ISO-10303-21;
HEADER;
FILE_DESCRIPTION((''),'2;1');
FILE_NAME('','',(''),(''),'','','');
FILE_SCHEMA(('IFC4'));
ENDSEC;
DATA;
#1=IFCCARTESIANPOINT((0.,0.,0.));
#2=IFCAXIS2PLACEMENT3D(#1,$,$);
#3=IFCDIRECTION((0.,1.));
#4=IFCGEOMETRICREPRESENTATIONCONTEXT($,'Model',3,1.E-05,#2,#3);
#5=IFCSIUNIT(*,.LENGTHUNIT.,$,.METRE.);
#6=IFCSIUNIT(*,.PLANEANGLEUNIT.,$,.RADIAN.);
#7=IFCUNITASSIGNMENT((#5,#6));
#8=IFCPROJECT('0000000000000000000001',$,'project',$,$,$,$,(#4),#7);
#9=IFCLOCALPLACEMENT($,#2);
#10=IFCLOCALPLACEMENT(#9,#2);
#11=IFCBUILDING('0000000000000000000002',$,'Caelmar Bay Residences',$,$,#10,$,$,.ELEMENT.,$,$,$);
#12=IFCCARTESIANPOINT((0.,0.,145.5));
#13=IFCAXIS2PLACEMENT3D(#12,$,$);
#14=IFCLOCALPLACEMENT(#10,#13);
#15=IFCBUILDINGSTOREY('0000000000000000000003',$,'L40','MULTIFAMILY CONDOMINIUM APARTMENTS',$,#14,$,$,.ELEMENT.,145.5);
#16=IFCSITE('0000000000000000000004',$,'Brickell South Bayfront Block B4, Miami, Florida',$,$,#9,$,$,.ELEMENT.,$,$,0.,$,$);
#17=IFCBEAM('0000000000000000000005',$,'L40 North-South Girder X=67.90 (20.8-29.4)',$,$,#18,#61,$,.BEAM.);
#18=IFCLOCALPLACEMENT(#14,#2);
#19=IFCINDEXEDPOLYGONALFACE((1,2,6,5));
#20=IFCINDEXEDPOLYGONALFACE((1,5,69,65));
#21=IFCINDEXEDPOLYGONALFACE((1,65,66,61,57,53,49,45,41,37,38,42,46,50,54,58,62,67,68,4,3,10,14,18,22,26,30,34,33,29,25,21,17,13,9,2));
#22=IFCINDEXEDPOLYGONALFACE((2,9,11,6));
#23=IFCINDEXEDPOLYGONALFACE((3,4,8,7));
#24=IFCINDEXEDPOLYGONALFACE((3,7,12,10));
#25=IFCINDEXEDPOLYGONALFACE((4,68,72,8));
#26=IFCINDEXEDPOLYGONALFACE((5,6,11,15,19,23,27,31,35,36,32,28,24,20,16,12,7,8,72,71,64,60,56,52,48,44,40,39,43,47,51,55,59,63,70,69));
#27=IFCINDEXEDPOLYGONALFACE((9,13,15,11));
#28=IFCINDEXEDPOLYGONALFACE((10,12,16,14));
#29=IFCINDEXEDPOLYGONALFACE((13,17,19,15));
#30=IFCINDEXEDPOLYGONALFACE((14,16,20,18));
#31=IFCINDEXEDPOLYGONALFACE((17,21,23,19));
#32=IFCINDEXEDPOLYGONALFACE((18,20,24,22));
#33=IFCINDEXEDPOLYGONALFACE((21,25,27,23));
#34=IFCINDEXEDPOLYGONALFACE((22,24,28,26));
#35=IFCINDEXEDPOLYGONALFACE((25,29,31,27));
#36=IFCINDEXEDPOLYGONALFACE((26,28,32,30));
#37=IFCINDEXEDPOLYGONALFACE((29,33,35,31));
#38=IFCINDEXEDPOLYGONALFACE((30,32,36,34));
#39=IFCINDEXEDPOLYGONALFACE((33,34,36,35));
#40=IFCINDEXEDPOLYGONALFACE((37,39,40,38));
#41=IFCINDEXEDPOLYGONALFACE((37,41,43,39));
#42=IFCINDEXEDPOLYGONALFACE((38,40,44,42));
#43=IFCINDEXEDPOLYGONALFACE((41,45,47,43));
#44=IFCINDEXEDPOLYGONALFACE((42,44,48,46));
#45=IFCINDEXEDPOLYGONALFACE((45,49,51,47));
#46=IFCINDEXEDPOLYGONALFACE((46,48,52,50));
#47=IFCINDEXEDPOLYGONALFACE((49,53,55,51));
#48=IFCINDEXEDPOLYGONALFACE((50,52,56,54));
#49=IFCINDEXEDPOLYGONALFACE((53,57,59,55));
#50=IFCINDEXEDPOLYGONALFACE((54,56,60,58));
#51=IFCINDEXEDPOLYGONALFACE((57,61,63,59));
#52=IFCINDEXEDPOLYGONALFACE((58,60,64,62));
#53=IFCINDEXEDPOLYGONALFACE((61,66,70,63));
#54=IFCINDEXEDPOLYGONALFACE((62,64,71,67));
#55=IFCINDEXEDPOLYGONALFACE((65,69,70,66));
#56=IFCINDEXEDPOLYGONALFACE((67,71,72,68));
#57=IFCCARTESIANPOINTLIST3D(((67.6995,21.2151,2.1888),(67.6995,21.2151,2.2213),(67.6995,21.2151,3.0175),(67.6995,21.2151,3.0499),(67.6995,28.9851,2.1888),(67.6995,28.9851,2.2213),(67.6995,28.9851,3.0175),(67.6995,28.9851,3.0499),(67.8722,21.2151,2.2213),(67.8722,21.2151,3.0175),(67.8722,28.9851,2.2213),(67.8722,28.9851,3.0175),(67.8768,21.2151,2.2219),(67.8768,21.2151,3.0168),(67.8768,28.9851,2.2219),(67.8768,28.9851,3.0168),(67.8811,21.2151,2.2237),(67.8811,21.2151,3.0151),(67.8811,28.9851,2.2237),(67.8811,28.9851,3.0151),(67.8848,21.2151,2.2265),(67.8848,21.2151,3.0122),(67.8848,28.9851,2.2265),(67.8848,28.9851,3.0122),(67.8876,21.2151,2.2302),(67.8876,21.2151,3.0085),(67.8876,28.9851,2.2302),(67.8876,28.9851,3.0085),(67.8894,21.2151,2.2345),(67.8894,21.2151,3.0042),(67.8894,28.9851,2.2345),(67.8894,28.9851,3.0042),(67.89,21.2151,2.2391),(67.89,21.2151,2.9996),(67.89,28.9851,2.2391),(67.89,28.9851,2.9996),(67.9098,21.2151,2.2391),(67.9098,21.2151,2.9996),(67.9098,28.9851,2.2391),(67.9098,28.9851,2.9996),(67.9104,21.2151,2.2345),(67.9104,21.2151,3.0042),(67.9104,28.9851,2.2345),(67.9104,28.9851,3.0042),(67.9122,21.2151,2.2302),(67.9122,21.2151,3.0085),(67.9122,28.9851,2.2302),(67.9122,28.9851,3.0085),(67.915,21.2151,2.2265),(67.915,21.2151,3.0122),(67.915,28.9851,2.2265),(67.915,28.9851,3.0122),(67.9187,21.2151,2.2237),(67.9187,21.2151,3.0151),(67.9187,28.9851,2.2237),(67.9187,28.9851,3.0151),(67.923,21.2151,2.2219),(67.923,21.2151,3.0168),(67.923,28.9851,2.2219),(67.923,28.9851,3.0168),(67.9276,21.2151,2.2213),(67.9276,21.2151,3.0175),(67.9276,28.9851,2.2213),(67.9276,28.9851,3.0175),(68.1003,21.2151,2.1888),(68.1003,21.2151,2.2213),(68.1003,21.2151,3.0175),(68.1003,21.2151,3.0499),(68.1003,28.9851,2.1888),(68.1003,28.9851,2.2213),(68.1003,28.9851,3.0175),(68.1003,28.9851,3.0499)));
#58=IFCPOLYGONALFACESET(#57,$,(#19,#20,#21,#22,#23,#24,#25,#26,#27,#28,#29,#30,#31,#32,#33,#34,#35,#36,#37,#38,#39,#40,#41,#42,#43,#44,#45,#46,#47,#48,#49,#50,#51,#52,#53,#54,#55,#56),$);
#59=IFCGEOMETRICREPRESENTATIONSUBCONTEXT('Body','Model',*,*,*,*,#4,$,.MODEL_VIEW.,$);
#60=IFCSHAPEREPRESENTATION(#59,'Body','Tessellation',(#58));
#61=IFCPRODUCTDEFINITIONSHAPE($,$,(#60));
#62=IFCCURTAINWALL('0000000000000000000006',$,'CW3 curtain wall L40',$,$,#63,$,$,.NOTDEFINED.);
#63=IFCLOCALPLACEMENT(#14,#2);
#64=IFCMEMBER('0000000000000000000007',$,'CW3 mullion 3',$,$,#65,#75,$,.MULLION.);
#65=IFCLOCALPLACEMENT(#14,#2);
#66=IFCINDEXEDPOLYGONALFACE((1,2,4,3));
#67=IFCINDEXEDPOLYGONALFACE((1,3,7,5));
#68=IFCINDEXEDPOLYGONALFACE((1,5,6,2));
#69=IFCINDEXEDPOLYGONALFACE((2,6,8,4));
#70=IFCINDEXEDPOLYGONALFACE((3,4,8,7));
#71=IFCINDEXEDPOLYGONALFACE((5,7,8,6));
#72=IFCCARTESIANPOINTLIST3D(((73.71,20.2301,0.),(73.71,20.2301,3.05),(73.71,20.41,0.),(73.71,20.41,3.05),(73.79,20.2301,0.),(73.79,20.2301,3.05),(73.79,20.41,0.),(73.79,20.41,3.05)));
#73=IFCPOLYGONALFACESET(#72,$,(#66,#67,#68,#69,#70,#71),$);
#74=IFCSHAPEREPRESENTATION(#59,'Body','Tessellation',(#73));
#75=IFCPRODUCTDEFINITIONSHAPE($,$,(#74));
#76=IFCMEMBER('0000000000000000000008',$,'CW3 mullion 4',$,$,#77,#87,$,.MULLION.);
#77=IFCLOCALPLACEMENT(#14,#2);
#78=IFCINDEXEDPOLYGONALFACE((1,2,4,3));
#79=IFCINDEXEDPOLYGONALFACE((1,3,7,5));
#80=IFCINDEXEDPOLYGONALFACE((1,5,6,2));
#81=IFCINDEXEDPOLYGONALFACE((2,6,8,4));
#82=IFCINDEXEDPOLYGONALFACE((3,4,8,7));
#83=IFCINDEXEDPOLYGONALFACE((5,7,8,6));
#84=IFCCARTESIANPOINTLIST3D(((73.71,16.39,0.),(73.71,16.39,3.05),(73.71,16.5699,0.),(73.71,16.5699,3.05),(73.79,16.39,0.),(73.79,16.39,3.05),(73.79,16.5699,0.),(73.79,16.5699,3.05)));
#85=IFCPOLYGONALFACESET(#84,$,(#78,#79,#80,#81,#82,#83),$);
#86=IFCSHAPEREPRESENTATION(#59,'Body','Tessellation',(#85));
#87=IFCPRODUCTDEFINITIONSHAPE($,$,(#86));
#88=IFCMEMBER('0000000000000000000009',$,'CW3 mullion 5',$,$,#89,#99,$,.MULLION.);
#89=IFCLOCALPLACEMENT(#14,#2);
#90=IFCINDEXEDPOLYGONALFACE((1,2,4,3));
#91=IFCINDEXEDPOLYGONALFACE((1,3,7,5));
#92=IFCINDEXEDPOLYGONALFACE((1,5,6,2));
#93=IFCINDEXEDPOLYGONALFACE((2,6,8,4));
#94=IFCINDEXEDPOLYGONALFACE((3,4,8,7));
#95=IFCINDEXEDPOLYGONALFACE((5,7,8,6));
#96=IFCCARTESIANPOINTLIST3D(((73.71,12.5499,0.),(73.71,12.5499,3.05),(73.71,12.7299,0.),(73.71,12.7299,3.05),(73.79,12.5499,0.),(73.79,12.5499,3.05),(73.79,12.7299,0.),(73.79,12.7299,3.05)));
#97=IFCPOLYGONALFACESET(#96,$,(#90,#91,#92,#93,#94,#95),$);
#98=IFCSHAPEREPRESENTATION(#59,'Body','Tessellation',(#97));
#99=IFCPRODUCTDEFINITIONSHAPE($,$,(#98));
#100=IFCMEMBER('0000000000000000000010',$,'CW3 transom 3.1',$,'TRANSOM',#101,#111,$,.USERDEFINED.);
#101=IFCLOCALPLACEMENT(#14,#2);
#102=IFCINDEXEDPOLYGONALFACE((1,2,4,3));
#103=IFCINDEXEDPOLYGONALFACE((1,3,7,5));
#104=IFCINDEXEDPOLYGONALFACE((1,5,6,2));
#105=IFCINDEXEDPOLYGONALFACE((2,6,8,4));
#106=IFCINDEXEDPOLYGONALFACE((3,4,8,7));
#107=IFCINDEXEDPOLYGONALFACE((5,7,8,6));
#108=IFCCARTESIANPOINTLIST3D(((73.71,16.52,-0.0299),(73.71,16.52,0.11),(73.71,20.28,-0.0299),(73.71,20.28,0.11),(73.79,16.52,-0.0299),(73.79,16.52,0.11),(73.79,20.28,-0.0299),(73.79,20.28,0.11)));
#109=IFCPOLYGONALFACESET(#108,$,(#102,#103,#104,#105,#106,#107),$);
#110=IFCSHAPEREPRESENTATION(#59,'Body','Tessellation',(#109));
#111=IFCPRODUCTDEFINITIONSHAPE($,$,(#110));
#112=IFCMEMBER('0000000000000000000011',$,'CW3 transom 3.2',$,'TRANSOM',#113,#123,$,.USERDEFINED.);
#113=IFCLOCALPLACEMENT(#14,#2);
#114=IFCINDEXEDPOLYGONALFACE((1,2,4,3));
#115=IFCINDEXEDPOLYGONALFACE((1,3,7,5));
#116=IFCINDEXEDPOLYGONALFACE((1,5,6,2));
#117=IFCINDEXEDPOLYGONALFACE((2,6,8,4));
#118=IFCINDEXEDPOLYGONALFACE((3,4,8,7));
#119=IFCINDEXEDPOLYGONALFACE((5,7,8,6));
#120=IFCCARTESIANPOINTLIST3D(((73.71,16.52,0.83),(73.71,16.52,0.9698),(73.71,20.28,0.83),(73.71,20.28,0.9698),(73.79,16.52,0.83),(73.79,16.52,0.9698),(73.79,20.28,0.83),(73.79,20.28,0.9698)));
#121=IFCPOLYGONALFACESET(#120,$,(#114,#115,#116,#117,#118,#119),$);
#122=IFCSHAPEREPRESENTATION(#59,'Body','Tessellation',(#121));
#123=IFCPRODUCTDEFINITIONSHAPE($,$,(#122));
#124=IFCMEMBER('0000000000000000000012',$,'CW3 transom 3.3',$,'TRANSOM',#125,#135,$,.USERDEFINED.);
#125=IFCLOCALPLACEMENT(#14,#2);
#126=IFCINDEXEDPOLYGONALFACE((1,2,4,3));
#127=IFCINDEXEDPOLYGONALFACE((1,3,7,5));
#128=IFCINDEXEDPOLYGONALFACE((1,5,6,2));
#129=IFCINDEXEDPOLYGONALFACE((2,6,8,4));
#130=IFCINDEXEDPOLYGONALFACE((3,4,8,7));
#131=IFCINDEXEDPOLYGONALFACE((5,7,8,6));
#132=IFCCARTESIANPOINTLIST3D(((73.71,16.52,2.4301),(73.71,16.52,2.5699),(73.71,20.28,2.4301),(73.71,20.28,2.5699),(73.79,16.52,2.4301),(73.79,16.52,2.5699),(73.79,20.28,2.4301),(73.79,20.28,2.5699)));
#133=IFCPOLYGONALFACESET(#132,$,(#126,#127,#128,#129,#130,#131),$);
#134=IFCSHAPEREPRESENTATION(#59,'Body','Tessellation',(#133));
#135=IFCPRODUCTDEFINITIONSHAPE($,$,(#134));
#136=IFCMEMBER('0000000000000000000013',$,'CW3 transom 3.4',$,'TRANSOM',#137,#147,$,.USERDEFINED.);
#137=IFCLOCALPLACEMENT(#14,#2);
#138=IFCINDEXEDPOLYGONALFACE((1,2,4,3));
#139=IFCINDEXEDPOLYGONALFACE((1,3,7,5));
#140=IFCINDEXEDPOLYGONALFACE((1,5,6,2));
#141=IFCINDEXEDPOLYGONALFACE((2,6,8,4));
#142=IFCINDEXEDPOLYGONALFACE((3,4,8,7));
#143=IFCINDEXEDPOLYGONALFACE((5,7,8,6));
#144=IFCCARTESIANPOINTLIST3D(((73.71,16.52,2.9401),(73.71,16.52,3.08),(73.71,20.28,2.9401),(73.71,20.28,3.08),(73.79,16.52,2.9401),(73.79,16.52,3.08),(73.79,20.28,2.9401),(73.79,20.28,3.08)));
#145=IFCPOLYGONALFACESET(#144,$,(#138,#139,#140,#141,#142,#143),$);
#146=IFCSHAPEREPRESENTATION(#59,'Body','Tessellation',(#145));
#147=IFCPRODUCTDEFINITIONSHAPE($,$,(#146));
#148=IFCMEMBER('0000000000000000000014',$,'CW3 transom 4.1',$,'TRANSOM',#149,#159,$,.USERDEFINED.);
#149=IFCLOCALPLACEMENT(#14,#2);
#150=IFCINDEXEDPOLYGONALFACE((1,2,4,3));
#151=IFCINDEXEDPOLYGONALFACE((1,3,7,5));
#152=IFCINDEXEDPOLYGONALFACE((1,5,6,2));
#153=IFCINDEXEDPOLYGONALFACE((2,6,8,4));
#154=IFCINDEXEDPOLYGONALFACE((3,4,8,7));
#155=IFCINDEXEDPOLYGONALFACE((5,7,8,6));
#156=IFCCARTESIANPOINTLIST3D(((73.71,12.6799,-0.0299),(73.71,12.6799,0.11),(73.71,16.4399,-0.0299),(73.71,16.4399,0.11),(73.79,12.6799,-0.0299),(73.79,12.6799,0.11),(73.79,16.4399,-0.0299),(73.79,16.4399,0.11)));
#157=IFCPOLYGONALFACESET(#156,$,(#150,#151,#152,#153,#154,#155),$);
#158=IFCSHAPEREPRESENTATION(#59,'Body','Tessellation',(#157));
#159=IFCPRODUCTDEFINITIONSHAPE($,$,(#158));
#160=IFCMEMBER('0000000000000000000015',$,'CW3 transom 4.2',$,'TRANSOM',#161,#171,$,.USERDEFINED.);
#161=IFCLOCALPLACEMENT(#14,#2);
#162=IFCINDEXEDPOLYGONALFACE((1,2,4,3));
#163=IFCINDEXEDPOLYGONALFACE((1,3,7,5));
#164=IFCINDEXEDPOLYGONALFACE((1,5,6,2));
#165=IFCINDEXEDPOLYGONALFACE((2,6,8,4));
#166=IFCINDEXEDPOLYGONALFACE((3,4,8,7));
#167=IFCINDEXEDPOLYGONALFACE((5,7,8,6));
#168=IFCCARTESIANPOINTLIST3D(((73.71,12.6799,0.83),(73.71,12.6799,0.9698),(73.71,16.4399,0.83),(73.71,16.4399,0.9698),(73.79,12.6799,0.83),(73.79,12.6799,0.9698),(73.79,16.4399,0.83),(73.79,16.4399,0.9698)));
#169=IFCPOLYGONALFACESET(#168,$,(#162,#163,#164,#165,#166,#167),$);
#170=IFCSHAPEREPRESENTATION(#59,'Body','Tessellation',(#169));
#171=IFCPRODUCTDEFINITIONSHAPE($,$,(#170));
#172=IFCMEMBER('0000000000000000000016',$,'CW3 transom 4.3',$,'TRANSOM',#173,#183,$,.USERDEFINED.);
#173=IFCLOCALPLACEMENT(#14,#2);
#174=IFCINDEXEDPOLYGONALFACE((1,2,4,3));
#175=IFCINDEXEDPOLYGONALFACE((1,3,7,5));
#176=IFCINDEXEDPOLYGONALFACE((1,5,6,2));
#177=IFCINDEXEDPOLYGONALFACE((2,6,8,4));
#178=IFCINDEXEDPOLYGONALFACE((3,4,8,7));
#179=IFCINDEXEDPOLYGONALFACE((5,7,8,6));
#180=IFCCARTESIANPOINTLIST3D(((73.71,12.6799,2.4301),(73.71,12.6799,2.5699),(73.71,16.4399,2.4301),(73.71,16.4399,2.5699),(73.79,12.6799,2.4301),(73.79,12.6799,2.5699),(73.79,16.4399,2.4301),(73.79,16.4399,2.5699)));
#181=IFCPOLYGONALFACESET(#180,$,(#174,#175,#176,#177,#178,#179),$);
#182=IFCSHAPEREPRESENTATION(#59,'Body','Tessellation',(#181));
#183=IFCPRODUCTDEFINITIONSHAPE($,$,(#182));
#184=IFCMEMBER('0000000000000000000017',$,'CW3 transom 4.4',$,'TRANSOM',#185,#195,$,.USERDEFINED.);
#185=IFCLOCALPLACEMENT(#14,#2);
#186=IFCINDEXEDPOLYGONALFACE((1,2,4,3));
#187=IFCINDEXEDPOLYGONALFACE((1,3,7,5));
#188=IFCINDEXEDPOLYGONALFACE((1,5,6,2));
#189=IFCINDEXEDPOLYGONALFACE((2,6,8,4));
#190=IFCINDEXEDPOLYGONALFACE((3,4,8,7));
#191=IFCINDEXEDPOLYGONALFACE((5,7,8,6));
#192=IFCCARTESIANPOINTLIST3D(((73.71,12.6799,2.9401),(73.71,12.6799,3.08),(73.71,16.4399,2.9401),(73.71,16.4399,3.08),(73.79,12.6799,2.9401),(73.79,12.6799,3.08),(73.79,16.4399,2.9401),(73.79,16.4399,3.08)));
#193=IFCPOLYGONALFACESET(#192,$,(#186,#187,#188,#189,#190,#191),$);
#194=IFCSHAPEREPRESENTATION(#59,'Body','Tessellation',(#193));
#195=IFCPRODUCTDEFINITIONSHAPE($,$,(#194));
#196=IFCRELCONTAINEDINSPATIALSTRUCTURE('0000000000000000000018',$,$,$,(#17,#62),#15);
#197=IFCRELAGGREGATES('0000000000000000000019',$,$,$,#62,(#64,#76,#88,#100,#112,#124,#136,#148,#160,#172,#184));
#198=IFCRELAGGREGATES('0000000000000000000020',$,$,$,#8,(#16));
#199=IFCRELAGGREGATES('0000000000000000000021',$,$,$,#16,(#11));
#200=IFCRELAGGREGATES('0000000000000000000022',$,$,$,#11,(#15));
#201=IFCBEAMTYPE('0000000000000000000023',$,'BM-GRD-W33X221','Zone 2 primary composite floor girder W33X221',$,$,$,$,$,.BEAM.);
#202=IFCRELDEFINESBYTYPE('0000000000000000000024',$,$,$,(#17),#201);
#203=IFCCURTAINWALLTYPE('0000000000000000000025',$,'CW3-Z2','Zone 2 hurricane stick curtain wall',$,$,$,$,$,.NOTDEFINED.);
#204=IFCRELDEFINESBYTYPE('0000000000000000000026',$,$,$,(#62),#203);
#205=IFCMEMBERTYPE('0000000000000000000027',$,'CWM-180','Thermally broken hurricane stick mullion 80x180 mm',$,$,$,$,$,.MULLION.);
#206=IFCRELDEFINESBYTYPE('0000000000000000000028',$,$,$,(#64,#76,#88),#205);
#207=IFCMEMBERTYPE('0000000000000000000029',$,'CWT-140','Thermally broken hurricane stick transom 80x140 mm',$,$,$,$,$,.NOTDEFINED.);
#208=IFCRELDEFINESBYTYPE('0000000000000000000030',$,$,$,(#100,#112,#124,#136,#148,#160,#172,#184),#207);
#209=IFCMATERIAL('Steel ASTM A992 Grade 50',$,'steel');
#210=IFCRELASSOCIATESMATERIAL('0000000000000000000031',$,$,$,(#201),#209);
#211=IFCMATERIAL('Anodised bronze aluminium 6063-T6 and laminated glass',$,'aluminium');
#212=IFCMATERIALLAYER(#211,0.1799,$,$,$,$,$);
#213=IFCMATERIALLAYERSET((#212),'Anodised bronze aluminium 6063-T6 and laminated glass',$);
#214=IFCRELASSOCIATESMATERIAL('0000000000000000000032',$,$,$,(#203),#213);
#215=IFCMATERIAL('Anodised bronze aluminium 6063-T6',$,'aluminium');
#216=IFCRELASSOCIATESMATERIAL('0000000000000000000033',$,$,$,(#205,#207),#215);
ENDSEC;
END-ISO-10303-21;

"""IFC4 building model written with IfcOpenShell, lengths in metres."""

from ifc_helpers import new_model, si_unit, direction, frame, origin, origin_2d, place, context, subcontext, project, spatial, rectangle, i_section, extrude, material, layer, layer_set, material_profile, profile_set, type_object, element, aggregate, save


model = new_model("IFC4")

# Units and contexts
model_context = context("Model", 3, precision=1e-05, world=origin(), true_north=direction((0.0, 1.0)))
body_context = subcontext(model_context, "Body", "Model", "MODEL_VIEW")
ifc_project = project(units=[si_unit("LENGTHUNIT", "METRE"), si_unit("PLANEANGLEUNIT", "RADIAN")], contexts=[model_context])

# Site, building, storey
site_placement = place(None, origin())
site = spatial("IfcSite", under=ifc_project, at=site_placement, Name="Brickell South Bayfront Block B4, Miami, Florida", CompositionType="ELEMENT", RefElevation=0.0)
building_placement = place(site_placement, origin())
building = spatial("IfcBuilding", under=site, at=building_placement, Name="Caelmar Bay Residences", CompositionType="ELEMENT")
storey_placement = place(building_placement, frame((0.0, 0.0, 145.5)))
storey = spatial("IfcBuildingStorey", under=building, at=storey_placement, Name="L40", Description="MULTIFAMILY CONDOMINIUM APARTMENTS", CompositionType="ELEMENT", Elevation=145.5)

# Beam
ifc_material_1 = material(Name="Steel ASTM A992 Grade 50", Category="steel")
ifc_material_profile_1 = material_profile(ifc_material_1, i_section(OverallWidth=0.4009, OverallDepth=0.8611, WebThickness=0.0198, FlangeThickness=0.0325, FilletRadius=0.0178, at=origin_2d()), Name="W33X221")
ifc_profile_set_1 = profile_set([ifc_material_profile_1], Name="Steel ASTM A992 Grade 50")
beam_type = type_object("IfcBeamType", Name="BM-GRD-W33X221", Description="Zone 2 primary composite floor girder W33X221", PredefinedType="BEAM", material=ifc_profile_set_1)
beam_placement = place(storey_placement, frame((67.8999, 21.2151, 2.6194), z_axis=(0.0, 1.0, 0.0), x_axis=(-1.0, 0.0, 0.0)))
element("IfcBeam", 1, at=beam_placement, inside=storey, type_object=beam_type, Name="L40 North-South Girder X=67.90 (20.8-29.4)", PredefinedType="BEAM", context=body_context, shape_type="SweptSolid", body=[
    extrude(i_section(OverallWidth=0.4009, OverallDepth=0.8611, WebThickness=0.0198, FlangeThickness=0.0325, FilletRadius=0.0178, at=origin_2d()), origin(), (0.0, 0.0, 1.0), 7.77),
])

# Curtain wall, members
ifc_material_2 = material(Name="Anodised bronze aluminium 6063-T6 and laminated glass", Category="aluminium")
ifc_layer_1 = layer(ifc_material_2, 0.1799)
ifc_layer_set_1 = layer_set([ifc_layer_1], Name="Anodised bronze aluminium 6063-T6 and laminated glass")
curtain_wall_type = type_object("IfcCurtainWallType", Name="CW3-Z2", Description="Zone 2 hurricane stick curtain wall", PredefinedType="NOTDEFINED", material=ifc_layer_set_1)
curtain_wall_placement = place(storey_placement, origin())
curtain_wall = element("IfcCurtainWall", 2, at=curtain_wall_placement, inside=storey, type_object=curtain_wall_type, Name="CW3 curtain wall L40", PredefinedType="NOTDEFINED")
ifc_material_3 = material(Name="Anodised bronze aluminium 6063-T6", Category="aluminium")
ifc_material_profile_2 = material_profile(ifc_material_3, rectangle(XDim=0.0801, YDim=0.1799, at=origin_2d()), Name="CWM-80X180")
ifc_profile_set_2 = profile_set([ifc_material_profile_2], Name="Anodised bronze aluminium 6063-T6")
member_type_1 = type_object("IfcMemberType", Name="CWM-180", Description="Thermally broken hurricane stick mullion 80x180 mm", PredefinedType="MULLION", material=ifc_profile_set_2)
member_1_placement = place(storey_placement, frame((73.75, 20.3201, 0.0), z_axis=(0.0, 0.0, 1.0), x_axis=(1.0, 0.0, 0.0)))
member_1 = element("IfcMember", 3, at=member_1_placement, type_object=member_type_1, Name="CW3 mullion 3", PredefinedType="MULLION", context=body_context, shape_type="SweptSolid", body=[
    extrude(rectangle(XDim=0.0801, YDim=0.1799, at=origin_2d()), origin(), (0.0, 0.0, 1.0), 3.05),
])
member_2_placement = place(storey_placement, frame((73.75, 16.48, 0.0), z_axis=(0.0, 0.0, 1.0), x_axis=(1.0, 0.0, 0.0)))
member_2 = element("IfcMember", 4, at=member_2_placement, type_object=member_type_1, Name="CW3 mullion 4", PredefinedType="MULLION", context=body_context, shape_type="SweptSolid", body=[
    extrude(rectangle(XDim=0.0801, YDim=0.1799, at=origin_2d()), origin(), (0.0, 0.0, 1.0), 3.05),
])
member_3_placement = place(storey_placement, frame((73.75, 12.6399, 0.0), z_axis=(0.0, 0.0, 1.0), x_axis=(1.0, 0.0, 0.0)))
member_3 = element("IfcMember", 5, at=member_3_placement, type_object=member_type_1, Name="CW3 mullion 5", PredefinedType="MULLION", context=body_context, shape_type="SweptSolid", body=[
    extrude(rectangle(XDim=0.0801, YDim=0.1799, at=origin_2d()), origin(), (0.0, 0.0, 1.0), 3.05),
])
ifc_material_profile_3 = material_profile(ifc_material_3, rectangle(XDim=0.0801, YDim=0.1399, at=origin_2d()), Name="CWT-80X140")
ifc_profile_set_3 = profile_set([ifc_material_profile_3], Name="Anodised bronze aluminium 6063-T6")
member_type_2 = type_object("IfcMemberType", Name="CWT-140", Description="Thermally broken hurricane stick transom 80x140 mm", PredefinedType="NOTDEFINED", material=ifc_profile_set_3)
member_4_placement = place(storey_placement, frame((73.75, 20.28, 0.04), z_axis=(0.0, -1.0, 0.0), x_axis=(1.0, 0.0, 0.0)))
member_4 = element("IfcMember", 6, at=member_4_placement, type_object=member_type_2, Name="CW3 transom 3.1", ObjectType="TRANSOM", PredefinedType="USERDEFINED", context=body_context, shape_type="SweptSolid", body=[
    extrude(rectangle(XDim=0.0801, YDim=0.1399, at=origin_2d()), origin(), (0.0, 0.0, 1.0), 3.76),
])
member_5_placement = place(storey_placement, frame((73.75, 20.28, 0.8999), z_axis=(0.0, -1.0, 0.0), x_axis=(1.0, 0.0, 0.0)))
member_5 = element("IfcMember", 7, at=member_5_placement, type_object=member_type_2, Name="CW3 transom 3.2", ObjectType="TRANSOM", PredefinedType="USERDEFINED", context=body_context, shape_type="SweptSolid", body=[
    extrude(rectangle(XDim=0.0801, YDim=0.1399, at=origin_2d()), origin(), (0.0, 0.0, 1.0), 3.76),
])
member_6_placement = place(storey_placement, frame((73.75, 20.28, 2.5), z_axis=(0.0, -1.0, 0.0), x_axis=(1.0, 0.0, 0.0)))
member_6 = element("IfcMember", 8, at=member_6_placement, type_object=member_type_2, Name="CW3 transom 3.3", ObjectType="TRANSOM", PredefinedType="USERDEFINED", context=body_context, shape_type="SweptSolid", body=[
    extrude(rectangle(XDim=0.0801, YDim=0.1399, at=origin_2d()), origin(), (0.0, 0.0, 1.0), 3.76),
])
member_7_placement = place(storey_placement, frame((73.75, 20.28, 3.01), z_axis=(0.0, -1.0, 0.0), x_axis=(1.0, 0.0, 0.0)))
member_7 = element("IfcMember", 9, at=member_7_placement, type_object=member_type_2, Name="CW3 transom 3.4", ObjectType="TRANSOM", PredefinedType="USERDEFINED", context=body_context, shape_type="SweptSolid", body=[
    extrude(rectangle(XDim=0.0801, YDim=0.1399, at=origin_2d()), origin(), (0.0, 0.0, 1.0), 3.76),
])
member_8_placement = place(storey_placement, frame((73.75, 16.4399, 0.04), z_axis=(0.0, -1.0, 0.0), x_axis=(1.0, 0.0, 0.0)))
member_8 = element("IfcMember", 10, at=member_8_placement, type_object=member_type_2, Name="CW3 transom 4.1", ObjectType="TRANSOM", PredefinedType="USERDEFINED", context=body_context, shape_type="SweptSolid", body=[
    extrude(rectangle(XDim=0.0801, YDim=0.1399, at=origin_2d()), origin(), (0.0, 0.0, 1.0), 3.76),
])
member_9_placement = place(storey_placement, frame((73.75, 16.4399, 0.8999), z_axis=(0.0, -1.0, 0.0), x_axis=(1.0, 0.0, 0.0)))
member_9 = element("IfcMember", 11, at=member_9_placement, type_object=member_type_2, Name="CW3 transom 4.2", ObjectType="TRANSOM", PredefinedType="USERDEFINED", context=body_context, shape_type="SweptSolid", body=[
    extrude(rectangle(XDim=0.0801, YDim=0.1399, at=origin_2d()), origin(), (0.0, 0.0, 1.0), 3.76),
])
member_10_placement = place(storey_placement, frame((73.75, 16.4399, 2.5), z_axis=(0.0, -1.0, 0.0), x_axis=(1.0, 0.0, 0.0)))
member_10 = element("IfcMember", 12, at=member_10_placement, type_object=member_type_2, Name="CW3 transom 4.3", ObjectType="TRANSOM", PredefinedType="USERDEFINED", context=body_context, shape_type="SweptSolid", body=[
    extrude(rectangle(XDim=0.0801, YDim=0.1399, at=origin_2d()), origin(), (0.0, 0.0, 1.0), 3.76),
])
member_11_placement = place(storey_placement, frame((73.75, 16.4399, 3.01), z_axis=(0.0, -1.0, 0.0), x_axis=(1.0, 0.0, 0.0)))
member_11 = element("IfcMember", 13, at=member_11_placement, type_object=member_type_2, Name="CW3 transom 4.4", ObjectType="TRANSOM", PredefinedType="USERDEFINED", context=body_context, shape_type="SweptSolid", body=[
    extrude(rectangle(XDim=0.0801, YDim=0.1399, at=origin_2d()), origin(), (0.0, 0.0, 1.0), 3.76),
])
aggregate(curtain_wall, [member_1, member_2, member_3, member_4, member_5, member_6, member_7, member_8, member_9, member_10, member_11])

save(model, "model.ifc")
